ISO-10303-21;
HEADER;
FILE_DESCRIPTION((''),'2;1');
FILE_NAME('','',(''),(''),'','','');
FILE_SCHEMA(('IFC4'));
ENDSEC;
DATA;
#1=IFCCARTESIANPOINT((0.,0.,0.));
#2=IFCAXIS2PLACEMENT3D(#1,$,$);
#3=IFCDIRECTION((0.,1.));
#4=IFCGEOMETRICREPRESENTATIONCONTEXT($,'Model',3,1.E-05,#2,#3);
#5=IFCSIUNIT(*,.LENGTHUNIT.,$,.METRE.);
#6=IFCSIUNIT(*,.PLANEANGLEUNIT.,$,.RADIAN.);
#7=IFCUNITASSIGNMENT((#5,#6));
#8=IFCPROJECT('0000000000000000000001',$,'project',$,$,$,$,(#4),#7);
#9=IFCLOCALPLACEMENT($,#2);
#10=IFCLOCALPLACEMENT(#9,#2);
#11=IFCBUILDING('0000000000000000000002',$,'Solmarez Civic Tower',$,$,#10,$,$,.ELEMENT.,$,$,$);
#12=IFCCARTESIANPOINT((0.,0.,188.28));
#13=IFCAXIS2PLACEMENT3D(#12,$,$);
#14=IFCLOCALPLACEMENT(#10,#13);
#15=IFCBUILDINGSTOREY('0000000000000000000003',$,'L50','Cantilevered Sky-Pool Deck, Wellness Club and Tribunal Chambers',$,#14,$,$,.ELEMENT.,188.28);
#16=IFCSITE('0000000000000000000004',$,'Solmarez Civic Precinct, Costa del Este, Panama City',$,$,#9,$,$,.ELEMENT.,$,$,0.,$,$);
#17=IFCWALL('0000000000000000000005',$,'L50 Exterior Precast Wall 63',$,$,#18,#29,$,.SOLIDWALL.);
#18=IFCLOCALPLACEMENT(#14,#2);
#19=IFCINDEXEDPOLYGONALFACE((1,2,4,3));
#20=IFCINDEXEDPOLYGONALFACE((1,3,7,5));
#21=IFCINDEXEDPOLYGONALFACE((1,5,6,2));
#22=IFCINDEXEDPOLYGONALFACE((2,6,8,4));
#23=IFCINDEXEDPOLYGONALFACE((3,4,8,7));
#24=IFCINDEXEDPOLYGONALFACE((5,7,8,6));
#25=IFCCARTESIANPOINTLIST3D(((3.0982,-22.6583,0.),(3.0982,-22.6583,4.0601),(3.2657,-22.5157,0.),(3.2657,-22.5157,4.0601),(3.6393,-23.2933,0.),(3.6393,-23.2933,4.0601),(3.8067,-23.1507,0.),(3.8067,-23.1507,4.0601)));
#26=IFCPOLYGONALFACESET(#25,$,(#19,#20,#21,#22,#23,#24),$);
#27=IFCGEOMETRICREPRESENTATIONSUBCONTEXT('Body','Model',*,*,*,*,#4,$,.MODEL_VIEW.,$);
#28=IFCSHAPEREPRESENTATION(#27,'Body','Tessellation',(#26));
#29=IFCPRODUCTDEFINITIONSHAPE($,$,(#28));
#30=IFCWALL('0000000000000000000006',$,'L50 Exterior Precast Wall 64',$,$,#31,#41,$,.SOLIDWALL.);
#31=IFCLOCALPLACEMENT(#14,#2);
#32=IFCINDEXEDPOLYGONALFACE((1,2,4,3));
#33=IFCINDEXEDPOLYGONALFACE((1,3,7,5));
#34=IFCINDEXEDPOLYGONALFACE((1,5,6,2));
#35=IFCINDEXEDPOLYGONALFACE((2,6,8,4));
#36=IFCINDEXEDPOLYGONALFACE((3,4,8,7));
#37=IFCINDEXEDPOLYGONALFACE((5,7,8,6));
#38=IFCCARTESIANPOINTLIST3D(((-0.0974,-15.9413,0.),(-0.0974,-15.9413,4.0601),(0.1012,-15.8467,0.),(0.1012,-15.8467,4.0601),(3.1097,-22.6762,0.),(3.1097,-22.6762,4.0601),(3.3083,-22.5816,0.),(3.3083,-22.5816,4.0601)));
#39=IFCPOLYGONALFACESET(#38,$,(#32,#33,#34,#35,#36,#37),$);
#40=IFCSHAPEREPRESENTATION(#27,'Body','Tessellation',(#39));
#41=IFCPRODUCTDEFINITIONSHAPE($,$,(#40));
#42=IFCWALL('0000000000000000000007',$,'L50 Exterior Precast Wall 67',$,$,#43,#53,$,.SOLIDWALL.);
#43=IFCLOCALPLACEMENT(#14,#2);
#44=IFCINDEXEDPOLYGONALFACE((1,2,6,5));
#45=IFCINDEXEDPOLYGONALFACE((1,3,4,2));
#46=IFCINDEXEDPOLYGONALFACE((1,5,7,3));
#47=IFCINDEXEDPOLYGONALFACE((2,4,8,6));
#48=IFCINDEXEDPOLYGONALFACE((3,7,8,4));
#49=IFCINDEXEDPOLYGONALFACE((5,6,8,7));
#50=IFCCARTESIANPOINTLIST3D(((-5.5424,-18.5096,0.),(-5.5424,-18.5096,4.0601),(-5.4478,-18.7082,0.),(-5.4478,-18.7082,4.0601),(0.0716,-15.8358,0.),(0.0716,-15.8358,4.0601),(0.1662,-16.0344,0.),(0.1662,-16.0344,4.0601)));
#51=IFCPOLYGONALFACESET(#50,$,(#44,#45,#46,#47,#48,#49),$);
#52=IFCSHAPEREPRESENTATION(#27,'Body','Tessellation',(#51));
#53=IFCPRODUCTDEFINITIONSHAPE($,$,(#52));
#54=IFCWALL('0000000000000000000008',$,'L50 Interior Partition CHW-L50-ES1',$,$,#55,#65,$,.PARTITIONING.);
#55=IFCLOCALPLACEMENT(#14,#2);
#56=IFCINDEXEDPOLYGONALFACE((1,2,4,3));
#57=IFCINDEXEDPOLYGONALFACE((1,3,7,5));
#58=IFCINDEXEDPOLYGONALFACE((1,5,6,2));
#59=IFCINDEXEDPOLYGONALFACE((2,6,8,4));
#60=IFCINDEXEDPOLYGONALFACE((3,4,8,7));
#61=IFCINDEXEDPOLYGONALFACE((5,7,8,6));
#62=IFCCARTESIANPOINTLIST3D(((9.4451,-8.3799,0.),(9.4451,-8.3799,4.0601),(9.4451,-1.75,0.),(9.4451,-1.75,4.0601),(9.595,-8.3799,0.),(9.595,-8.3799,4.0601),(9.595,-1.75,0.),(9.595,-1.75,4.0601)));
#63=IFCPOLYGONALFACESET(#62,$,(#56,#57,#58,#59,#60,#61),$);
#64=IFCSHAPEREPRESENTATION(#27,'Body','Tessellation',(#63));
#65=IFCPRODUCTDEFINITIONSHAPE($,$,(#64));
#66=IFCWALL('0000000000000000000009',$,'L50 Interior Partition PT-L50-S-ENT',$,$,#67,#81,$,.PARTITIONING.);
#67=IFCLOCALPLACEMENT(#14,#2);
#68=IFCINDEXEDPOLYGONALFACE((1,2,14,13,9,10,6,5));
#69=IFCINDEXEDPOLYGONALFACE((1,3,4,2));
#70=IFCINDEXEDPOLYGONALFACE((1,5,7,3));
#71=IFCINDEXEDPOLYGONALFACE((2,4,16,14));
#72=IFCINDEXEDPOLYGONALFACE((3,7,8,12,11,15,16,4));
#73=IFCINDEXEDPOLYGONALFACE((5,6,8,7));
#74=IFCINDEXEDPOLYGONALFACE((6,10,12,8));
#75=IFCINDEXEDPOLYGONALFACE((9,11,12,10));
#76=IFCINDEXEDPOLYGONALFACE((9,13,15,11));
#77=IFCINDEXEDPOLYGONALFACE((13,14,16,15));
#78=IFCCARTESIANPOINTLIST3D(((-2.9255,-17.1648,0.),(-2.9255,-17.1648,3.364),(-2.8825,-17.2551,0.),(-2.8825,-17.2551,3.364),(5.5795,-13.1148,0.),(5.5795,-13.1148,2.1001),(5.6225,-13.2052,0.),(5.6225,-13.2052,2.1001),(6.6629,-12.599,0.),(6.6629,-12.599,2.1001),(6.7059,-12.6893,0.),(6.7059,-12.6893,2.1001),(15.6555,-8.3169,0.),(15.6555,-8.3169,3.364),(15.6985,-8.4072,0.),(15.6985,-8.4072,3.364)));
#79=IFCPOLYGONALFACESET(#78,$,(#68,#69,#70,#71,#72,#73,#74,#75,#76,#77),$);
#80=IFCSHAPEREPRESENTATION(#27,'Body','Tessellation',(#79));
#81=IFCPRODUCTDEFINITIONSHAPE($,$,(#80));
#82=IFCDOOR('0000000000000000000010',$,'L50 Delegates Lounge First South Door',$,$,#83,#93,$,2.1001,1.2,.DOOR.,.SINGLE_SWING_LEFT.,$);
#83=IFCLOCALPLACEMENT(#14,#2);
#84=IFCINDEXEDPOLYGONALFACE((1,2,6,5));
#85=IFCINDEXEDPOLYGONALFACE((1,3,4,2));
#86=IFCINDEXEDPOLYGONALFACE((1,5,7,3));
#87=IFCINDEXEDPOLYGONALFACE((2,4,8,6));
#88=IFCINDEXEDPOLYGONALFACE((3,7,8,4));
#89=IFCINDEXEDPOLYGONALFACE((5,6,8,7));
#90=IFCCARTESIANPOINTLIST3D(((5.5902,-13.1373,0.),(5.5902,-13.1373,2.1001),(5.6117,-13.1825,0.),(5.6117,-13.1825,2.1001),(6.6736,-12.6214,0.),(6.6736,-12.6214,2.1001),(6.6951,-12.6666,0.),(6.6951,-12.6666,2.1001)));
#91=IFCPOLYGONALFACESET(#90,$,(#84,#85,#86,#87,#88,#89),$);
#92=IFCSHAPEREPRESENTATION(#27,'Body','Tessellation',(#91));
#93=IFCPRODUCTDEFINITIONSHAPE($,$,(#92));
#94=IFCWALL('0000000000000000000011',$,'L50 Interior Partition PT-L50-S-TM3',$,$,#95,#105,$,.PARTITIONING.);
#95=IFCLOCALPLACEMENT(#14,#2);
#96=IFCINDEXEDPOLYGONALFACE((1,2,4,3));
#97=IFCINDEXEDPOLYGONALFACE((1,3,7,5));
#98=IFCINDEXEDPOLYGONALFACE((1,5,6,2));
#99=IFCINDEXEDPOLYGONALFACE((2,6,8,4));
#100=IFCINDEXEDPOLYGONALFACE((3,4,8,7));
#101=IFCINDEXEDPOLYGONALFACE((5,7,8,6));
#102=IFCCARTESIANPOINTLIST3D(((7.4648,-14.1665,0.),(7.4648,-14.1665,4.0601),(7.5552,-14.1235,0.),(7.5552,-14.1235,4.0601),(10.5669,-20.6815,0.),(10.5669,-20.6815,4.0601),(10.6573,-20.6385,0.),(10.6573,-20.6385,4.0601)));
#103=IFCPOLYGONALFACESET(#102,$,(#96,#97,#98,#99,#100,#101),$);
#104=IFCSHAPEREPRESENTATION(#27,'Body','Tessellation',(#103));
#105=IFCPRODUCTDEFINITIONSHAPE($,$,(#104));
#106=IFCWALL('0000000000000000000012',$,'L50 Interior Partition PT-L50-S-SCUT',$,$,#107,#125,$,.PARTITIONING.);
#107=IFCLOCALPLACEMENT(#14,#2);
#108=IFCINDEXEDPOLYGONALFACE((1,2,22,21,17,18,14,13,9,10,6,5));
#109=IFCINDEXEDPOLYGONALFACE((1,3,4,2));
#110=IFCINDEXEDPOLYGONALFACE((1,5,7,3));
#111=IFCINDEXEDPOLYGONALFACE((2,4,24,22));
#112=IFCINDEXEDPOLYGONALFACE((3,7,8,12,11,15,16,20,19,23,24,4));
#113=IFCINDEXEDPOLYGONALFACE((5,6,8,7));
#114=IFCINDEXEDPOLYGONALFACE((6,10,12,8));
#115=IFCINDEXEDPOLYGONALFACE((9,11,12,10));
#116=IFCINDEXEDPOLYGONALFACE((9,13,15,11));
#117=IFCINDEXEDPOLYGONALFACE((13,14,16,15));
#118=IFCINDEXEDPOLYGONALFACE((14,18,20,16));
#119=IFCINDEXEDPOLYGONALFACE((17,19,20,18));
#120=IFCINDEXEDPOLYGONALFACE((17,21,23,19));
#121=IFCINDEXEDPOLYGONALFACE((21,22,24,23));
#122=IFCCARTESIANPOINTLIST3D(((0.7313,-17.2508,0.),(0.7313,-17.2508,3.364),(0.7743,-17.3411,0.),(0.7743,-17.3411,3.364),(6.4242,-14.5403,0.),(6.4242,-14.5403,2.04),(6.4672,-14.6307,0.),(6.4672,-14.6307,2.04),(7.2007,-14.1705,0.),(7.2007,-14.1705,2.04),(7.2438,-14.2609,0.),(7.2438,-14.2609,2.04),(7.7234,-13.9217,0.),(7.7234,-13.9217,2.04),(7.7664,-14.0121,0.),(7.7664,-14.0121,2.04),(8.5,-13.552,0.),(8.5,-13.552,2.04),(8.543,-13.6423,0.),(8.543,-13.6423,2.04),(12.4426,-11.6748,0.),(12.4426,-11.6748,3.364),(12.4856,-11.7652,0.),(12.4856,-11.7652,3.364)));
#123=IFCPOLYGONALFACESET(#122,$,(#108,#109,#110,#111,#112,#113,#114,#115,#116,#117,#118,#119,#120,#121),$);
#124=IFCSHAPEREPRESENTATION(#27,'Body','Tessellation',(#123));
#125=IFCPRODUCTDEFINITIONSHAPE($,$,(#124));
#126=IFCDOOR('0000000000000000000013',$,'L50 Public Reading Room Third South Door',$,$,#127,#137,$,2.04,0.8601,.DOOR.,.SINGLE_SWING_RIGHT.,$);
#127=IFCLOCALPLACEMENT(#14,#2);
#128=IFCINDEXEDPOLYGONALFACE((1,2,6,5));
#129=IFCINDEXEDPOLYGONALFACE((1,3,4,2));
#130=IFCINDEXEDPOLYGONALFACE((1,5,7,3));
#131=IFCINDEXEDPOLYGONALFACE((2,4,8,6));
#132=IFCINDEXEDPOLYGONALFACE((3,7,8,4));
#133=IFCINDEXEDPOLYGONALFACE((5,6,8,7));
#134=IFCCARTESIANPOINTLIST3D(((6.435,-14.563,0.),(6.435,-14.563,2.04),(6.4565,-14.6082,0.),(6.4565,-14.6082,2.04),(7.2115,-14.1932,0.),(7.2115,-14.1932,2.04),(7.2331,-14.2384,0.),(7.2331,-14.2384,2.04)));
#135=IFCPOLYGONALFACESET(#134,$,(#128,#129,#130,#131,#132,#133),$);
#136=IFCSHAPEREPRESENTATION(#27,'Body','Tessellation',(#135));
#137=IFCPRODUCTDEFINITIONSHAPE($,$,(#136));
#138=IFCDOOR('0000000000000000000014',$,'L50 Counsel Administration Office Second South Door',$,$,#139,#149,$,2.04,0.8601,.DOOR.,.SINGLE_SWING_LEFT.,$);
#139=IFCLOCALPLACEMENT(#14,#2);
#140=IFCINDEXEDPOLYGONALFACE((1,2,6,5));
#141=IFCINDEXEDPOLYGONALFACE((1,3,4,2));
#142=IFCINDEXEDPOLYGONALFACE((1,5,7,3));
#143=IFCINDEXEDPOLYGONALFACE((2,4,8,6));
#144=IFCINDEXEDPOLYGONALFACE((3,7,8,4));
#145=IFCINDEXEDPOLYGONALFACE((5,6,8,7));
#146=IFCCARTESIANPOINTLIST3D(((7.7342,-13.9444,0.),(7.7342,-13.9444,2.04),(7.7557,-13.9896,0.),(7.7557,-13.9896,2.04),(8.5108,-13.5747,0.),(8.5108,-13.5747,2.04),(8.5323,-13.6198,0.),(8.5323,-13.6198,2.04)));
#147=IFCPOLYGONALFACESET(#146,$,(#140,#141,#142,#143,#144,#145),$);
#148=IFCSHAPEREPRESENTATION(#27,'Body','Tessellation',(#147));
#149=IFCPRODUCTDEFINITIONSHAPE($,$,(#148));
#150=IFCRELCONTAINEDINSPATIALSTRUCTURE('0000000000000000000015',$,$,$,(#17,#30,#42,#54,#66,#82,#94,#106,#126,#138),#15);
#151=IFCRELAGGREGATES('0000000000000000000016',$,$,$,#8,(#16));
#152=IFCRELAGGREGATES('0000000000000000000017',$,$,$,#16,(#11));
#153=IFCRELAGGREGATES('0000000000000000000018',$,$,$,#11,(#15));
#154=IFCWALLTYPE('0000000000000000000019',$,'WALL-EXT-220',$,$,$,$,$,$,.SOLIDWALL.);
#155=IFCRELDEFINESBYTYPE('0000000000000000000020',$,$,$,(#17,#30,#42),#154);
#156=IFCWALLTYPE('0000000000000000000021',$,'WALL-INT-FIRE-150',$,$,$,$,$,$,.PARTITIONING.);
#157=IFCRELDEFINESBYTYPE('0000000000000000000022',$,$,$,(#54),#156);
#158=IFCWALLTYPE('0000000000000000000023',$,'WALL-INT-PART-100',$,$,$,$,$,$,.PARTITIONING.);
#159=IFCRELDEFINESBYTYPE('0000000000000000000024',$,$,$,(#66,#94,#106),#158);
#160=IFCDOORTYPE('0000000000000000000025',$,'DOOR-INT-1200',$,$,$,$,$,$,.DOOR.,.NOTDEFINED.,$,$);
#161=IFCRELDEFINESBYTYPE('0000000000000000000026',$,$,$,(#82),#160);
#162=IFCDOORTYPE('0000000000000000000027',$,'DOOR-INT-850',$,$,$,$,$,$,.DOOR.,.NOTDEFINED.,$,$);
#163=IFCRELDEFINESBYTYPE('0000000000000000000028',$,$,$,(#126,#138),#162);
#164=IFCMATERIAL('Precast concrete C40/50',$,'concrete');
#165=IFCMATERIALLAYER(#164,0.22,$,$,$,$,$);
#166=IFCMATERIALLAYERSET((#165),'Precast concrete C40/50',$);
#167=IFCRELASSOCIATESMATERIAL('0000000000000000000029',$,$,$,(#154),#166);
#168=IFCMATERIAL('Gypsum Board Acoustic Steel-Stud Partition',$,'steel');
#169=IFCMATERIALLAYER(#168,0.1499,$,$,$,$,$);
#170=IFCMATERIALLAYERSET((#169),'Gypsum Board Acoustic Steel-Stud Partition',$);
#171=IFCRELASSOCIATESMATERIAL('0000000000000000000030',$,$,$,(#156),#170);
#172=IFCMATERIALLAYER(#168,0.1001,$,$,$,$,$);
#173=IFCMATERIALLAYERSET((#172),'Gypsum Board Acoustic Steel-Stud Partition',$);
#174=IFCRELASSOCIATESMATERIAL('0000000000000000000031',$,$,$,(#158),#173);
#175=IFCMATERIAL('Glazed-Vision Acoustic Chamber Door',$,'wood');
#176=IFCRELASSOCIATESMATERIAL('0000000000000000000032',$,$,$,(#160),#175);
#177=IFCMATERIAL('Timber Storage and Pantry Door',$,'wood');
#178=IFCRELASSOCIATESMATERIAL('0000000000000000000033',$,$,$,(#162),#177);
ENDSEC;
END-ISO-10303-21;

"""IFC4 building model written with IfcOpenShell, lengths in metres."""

from ifc_helpers import new_model, si_unit, direction, frame, frame_2d, origin, place, context, subcontext, project, spatial, rectangle, extrude, material, layer, layer_set, type_object, element, fill, save


model = new_model("IFC4")

# Units and contexts
model_context = context("Model", 3, precision=1e-05, world=origin(), true_north=direction((0.0, 1.0)))
body_context = subcontext(model_context, "Body", "Model", "MODEL_VIEW")
ifc_project = project(units=[si_unit("LENGTHUNIT", "METRE"), si_unit("PLANEANGLEUNIT", "RADIAN")], contexts=[model_context])

# Site, building, storey
site_placement = place(None, origin())
site = spatial("IfcSite", under=ifc_project, at=site_placement, Name="Solmarez Civic Precinct, Costa del Este, Panama City", CompositionType="ELEMENT", RefElevation=0.0)
building_placement = place(site_placement, origin())
building = spatial("IfcBuilding", under=site, at=building_placement, Name="Solmarez Civic Tower", CompositionType="ELEMENT")
storey_placement = place(building_placement, frame((0.0, 0.0, 188.28)))
storey = spatial("IfcBuildingStorey", under=building, at=storey_placement, Name="L50", Description="Cantilevered Sky-Pool Deck, Wellness Club and Tribunal Chambers", CompositionType="ELEMENT", Elevation=188.28)

# Shared definitions
ifc_material_1 = material(Name="Precast concrete C40/50", Category="concrete")
ifc_layer_1 = layer(ifc_material_1, 0.22)
ifc_layer_set_1 = layer_set([ifc_layer_1], Name="Precast concrete C40/50")
wall_type_1 = type_object("IfcWallType", Name="WALL-EXT-220", PredefinedType="SOLIDWALL", material=ifc_layer_set_1)

# Walls
wall_1_placement = place(storey_placement, frame((3.7229, -23.2219, 0.0), z_axis=(0.0, 0.0, 1.0), x_axis=(-0.648523, 0.761195, 0.0)))
element("IfcWall", 1, at=wall_1_placement, inside=storey, type_object=wall_type_1, Name="L50 Exterior Precast Wall 63", PredefinedType="SOLIDWALL", context=body_context, shape_type="SweptSolid", body=[
    extrude(rectangle(XDim=0.8342, YDim=0.22, at=frame_2d((0.417, 0.0))), origin(), (0.0, 0.0, 1.0), 4.0601),
])
wall_2_placement = place(storey_placement, frame((3.209, -22.6289, 0.0), z_axis=(0.0, 0.0, 1.0), x_axis=(-0.429928, 0.902863, 0.0)))
element("IfcWall", 2, at=wall_2_placement, inside=storey, type_object=wall_type_1, Name="L50 Exterior Precast Wall 64", PredefinedType="SOLIDWALL", context=body_context, shape_type="SweptSolid", body=[
    extrude(rectangle(XDim=7.4595, YDim=0.22, at=frame_2d((3.7297, 0.0))), origin(), (0.0, 0.0, 1.0), 4.0601),
])
wall_3_placement = place(storey_placement, frame((0.1189, -15.9351, 0.0), z_axis=(0.0, 0.0, 1.0), x_axis=(-0.90283, -0.429998, 0.0)))
element("IfcWall", 3, at=wall_3_placement, inside=storey, type_object=wall_type_1, Name="L50 Exterior Precast Wall 67", PredefinedType="SOLIDWALL", context=body_context, shape_type="SweptSolid", body=[
    extrude(rectangle(XDim=6.2183, YDim=0.22, at=frame_2d((3.1091, 0.0))), origin(), (0.0, 0.0, 1.0), 4.0601),
])
ifc_material_2 = material(Name="Gypsum Board Acoustic Steel-Stud Partition", Category="steel")
ifc_layer_2 = layer(ifc_material_2, 0.1499)
ifc_layer_set_2 = layer_set([ifc_layer_2], Name="Gypsum Board Acoustic Steel-Stud Partition")
wall_type_2 = type_object("IfcWallType", Name="WALL-INT-FIRE-150", PredefinedType="PARTITIONING", material=ifc_layer_set_2)
wall_4_placement = place(storey_placement, frame((9.52, -8.3799, 0.0), z_axis=(0.0, 0.0, 1.0), x_axis=(0.0, 1.0, 0.0)))
element("IfcWall", 4, at=wall_4_placement, inside=storey, type_object=wall_type_2, Name="L50 Interior Partition CHW-L50-ES1", PredefinedType="PARTITIONING", context=body_context, shape_type="SweptSolid", body=[
    extrude(rectangle(XDim=6.6299, YDim=0.1499, at=frame_2d((3.3149, 0.0))), origin(), (0.0, 0.0, 1.0), 4.0601),
])

# Wall, opening, door
ifc_layer_3 = layer(ifc_material_2, 0.1001)
ifc_layer_set_3 = layer_set([ifc_layer_3], Name="Gypsum Board Acoustic Steel-Stud Partition")
wall_type_3 = type_object("IfcWallType", Name="WALL-INT-PART-100", PredefinedType="PARTITIONING", material=ifc_layer_set_3)
wall_5_placement = place(storey_placement, frame((15.677, -8.3621, 0.0), z_axis=(0.0, 0.0, 1.0), x_axis=(-0.902865, -0.429925, 0.0)))
wall_5 = element("IfcWall", 5, at=wall_5_placement, inside=storey, type_object=wall_type_3, Name="L50 Interior Partition PT-L50-S-ENT", PredefinedType="PARTITIONING", context=body_context, shape_type="SweptSolid", body=[
    extrude(rectangle(XDim=20.5801, YDim=0.1001, at=frame_2d((10.29, 0.0))), origin(), (0.0, 0.0, 1.0), 3.364),
])
opening_1_placement = place(wall_5_placement, frame((9.96, 0.0, 0.0)))
opening_1 = element("IfcOpeningElement", 6, at=opening_1_placement, cuts=wall_5, PredefinedType="OPENING", context=body_context, shape_type="SweptSolid", body=[
    extrude(rectangle(XDim=1.2, YDim=2.1001, at=frame_2d((0.6001, 1.05))), frame((0.0, 0.0601, 0.0), z_axis=(0.0, -1.0, 0.0), x_axis=(1.0, 0.0, 0.0)), (0.0, 0.0, 1.0), 0.1201),
])
ifc_material_3 = material(Name="Glazed-Vision Acoustic Chamber Door", Category="wood")
door_type_1 = type_object("IfcDoorType", Name="DOOR-INT-1200", OperationType="NOTDEFINED", PredefinedType="DOOR", material=ifc_material_3)
door_1_placement = place(opening_1_placement, origin())
door_1 = element("IfcDoor", 7, at=door_1_placement, inside=storey, type_object=door_type_1, Name="L50 Delegates Lounge First South Door", OperationType="SINGLE_SWING_LEFT", OverallHeight=2.1001, OverallWidth=1.2, PredefinedType="DOOR", context=body_context, shape_type="SweptSolid", body=[
    extrude(rectangle(XDim=1.2, YDim=2.1001, at=frame_2d((0.6001, 1.05))), frame((0.0, 0.0249, 0.0), z_axis=(0.0, -1.0, 0.0), x_axis=(1.0, 0.0, 0.0)), (0.0, 0.0, 1.0), 0.05),
])
fill(opening_1, door_1)

# Wall
wall_6_placement = place(storey_placement, frame((7.51, -14.145, 0.0), z_axis=(0.0, 0.0, 1.0), x_axis=(0.429902, -0.902876, 0.0)))
element("IfcWall", 8, at=wall_6_placement, inside=storey, type_object=wall_type_3, Name="L50 Interior Partition PT-L50-S-TM3", PredefinedType="PARTITIONING", context=body_context, shape_type="SweptSolid", body=[
    extrude(rectangle(XDim=7.2158, YDim=0.1001, at=frame_2d((3.6079, 0.0))), origin(), (0.0, 0.0, 1.0), 4.0601),
])

# Wall, openings, doors
wall_7_placement = place(storey_placement, frame((0.7529, -17.2959, 0.0), z_axis=(0.0, 0.0, 1.0), x_axis=(0.902885, 0.429882, 0.0)))
wall_7 = element("IfcWall", 9, at=wall_7_placement, inside=storey, type_object=wall_type_3, Name="L50 Interior Partition PT-L50-S-SCUT", PredefinedType="PARTITIONING", context=body_context, shape_type="SweptSolid", body=[
    extrude(rectangle(XDim=12.9709, YDim=0.1001, at=frame_2d((6.4854, 0.0))), origin(), (0.0, 0.0, 1.0), 3.364),
])
opening_2_placement = place(wall_7_placement, frame((6.3049, 0.0, 0.0)))
opening_2 = element("IfcOpeningElement", 10, at=opening_2_placement, cuts=wall_7, PredefinedType="OPENING", context=body_context, shape_type="SweptSolid", body=[
    extrude(rectangle(XDim=0.8601, YDim=2.04, at=frame_2d((0.4302, 1.02))), frame((0.0, 0.0601, 0.0), z_axis=(0.0, -1.0, 0.0), x_axis=(1.0, 0.0, 0.0)), (0.0, 0.0, 1.0), 0.1201),
])
opening_3_placement = place(wall_7_placement, frame((7.7439, 0.0, 0.0)))
opening_3 = element("IfcOpeningElement", 11, at=opening_3_placement, cuts=wall_7, PredefinedType="OPENING", context=body_context, shape_type="SweptSolid", body=[
    extrude(rectangle(XDim=0.8601, YDim=2.04, at=frame_2d((0.4302, 1.02))), frame((0.0, 0.0601, 0.0), z_axis=(0.0, -1.0, 0.0), x_axis=(1.0, 0.0, 0.0)), (0.0, 0.0, 1.0), 0.1201),
])
ifc_material_4 = material(Name="Timber Storage and Pantry Door", Category="wood")
door_type_2 = type_object("IfcDoorType", Name="DOOR-INT-850", OperationType="NOTDEFINED", PredefinedType="DOOR", material=ifc_material_4)
door_2_placement = place(opening_2_placement, origin())
door_2 = element("IfcDoor", 12, at=door_2_placement, inside=storey, type_object=door_type_2, Name="L50 Public Reading Room Third South Door", OperationType="SINGLE_SWING_RIGHT", OverallHeight=2.04, OverallWidth=0.8601, PredefinedType="DOOR", context=body_context, shape_type="SweptSolid", body=[
    extrude(rectangle(XDim=0.8601, YDim=2.04, at=frame_2d((0.4302, 1.02))), frame((0.0, 0.0249, 0.0), z_axis=(0.0, -1.0, 0.0), x_axis=(1.0, 0.0, 0.0)), (0.0, 0.0, 1.0), 0.05),
])
fill(opening_2, door_2)
door_3_placement = place(opening_3_placement, origin())
door_3 = element("IfcDoor", 13, at=door_3_placement, inside=storey, type_object=door_type_2, Name="L50 Counsel Administration Office Second South Door", OperationType="SINGLE_SWING_LEFT", OverallHeight=2.04, OverallWidth=0.8601, PredefinedType="DOOR", context=body_context, shape_type="SweptSolid", body=[
    extrude(rectangle(XDim=0.8601, YDim=2.04, at=frame_2d((0.4302, 1.02))), frame((0.0, 0.0249, 0.0), z_axis=(0.0, -1.0, 0.0), x_axis=(1.0, 0.0, 0.0)), (0.0, 0.0, 1.0), 0.05),
])
fill(opening_3, door_3)

save(model, "model.ifc")
